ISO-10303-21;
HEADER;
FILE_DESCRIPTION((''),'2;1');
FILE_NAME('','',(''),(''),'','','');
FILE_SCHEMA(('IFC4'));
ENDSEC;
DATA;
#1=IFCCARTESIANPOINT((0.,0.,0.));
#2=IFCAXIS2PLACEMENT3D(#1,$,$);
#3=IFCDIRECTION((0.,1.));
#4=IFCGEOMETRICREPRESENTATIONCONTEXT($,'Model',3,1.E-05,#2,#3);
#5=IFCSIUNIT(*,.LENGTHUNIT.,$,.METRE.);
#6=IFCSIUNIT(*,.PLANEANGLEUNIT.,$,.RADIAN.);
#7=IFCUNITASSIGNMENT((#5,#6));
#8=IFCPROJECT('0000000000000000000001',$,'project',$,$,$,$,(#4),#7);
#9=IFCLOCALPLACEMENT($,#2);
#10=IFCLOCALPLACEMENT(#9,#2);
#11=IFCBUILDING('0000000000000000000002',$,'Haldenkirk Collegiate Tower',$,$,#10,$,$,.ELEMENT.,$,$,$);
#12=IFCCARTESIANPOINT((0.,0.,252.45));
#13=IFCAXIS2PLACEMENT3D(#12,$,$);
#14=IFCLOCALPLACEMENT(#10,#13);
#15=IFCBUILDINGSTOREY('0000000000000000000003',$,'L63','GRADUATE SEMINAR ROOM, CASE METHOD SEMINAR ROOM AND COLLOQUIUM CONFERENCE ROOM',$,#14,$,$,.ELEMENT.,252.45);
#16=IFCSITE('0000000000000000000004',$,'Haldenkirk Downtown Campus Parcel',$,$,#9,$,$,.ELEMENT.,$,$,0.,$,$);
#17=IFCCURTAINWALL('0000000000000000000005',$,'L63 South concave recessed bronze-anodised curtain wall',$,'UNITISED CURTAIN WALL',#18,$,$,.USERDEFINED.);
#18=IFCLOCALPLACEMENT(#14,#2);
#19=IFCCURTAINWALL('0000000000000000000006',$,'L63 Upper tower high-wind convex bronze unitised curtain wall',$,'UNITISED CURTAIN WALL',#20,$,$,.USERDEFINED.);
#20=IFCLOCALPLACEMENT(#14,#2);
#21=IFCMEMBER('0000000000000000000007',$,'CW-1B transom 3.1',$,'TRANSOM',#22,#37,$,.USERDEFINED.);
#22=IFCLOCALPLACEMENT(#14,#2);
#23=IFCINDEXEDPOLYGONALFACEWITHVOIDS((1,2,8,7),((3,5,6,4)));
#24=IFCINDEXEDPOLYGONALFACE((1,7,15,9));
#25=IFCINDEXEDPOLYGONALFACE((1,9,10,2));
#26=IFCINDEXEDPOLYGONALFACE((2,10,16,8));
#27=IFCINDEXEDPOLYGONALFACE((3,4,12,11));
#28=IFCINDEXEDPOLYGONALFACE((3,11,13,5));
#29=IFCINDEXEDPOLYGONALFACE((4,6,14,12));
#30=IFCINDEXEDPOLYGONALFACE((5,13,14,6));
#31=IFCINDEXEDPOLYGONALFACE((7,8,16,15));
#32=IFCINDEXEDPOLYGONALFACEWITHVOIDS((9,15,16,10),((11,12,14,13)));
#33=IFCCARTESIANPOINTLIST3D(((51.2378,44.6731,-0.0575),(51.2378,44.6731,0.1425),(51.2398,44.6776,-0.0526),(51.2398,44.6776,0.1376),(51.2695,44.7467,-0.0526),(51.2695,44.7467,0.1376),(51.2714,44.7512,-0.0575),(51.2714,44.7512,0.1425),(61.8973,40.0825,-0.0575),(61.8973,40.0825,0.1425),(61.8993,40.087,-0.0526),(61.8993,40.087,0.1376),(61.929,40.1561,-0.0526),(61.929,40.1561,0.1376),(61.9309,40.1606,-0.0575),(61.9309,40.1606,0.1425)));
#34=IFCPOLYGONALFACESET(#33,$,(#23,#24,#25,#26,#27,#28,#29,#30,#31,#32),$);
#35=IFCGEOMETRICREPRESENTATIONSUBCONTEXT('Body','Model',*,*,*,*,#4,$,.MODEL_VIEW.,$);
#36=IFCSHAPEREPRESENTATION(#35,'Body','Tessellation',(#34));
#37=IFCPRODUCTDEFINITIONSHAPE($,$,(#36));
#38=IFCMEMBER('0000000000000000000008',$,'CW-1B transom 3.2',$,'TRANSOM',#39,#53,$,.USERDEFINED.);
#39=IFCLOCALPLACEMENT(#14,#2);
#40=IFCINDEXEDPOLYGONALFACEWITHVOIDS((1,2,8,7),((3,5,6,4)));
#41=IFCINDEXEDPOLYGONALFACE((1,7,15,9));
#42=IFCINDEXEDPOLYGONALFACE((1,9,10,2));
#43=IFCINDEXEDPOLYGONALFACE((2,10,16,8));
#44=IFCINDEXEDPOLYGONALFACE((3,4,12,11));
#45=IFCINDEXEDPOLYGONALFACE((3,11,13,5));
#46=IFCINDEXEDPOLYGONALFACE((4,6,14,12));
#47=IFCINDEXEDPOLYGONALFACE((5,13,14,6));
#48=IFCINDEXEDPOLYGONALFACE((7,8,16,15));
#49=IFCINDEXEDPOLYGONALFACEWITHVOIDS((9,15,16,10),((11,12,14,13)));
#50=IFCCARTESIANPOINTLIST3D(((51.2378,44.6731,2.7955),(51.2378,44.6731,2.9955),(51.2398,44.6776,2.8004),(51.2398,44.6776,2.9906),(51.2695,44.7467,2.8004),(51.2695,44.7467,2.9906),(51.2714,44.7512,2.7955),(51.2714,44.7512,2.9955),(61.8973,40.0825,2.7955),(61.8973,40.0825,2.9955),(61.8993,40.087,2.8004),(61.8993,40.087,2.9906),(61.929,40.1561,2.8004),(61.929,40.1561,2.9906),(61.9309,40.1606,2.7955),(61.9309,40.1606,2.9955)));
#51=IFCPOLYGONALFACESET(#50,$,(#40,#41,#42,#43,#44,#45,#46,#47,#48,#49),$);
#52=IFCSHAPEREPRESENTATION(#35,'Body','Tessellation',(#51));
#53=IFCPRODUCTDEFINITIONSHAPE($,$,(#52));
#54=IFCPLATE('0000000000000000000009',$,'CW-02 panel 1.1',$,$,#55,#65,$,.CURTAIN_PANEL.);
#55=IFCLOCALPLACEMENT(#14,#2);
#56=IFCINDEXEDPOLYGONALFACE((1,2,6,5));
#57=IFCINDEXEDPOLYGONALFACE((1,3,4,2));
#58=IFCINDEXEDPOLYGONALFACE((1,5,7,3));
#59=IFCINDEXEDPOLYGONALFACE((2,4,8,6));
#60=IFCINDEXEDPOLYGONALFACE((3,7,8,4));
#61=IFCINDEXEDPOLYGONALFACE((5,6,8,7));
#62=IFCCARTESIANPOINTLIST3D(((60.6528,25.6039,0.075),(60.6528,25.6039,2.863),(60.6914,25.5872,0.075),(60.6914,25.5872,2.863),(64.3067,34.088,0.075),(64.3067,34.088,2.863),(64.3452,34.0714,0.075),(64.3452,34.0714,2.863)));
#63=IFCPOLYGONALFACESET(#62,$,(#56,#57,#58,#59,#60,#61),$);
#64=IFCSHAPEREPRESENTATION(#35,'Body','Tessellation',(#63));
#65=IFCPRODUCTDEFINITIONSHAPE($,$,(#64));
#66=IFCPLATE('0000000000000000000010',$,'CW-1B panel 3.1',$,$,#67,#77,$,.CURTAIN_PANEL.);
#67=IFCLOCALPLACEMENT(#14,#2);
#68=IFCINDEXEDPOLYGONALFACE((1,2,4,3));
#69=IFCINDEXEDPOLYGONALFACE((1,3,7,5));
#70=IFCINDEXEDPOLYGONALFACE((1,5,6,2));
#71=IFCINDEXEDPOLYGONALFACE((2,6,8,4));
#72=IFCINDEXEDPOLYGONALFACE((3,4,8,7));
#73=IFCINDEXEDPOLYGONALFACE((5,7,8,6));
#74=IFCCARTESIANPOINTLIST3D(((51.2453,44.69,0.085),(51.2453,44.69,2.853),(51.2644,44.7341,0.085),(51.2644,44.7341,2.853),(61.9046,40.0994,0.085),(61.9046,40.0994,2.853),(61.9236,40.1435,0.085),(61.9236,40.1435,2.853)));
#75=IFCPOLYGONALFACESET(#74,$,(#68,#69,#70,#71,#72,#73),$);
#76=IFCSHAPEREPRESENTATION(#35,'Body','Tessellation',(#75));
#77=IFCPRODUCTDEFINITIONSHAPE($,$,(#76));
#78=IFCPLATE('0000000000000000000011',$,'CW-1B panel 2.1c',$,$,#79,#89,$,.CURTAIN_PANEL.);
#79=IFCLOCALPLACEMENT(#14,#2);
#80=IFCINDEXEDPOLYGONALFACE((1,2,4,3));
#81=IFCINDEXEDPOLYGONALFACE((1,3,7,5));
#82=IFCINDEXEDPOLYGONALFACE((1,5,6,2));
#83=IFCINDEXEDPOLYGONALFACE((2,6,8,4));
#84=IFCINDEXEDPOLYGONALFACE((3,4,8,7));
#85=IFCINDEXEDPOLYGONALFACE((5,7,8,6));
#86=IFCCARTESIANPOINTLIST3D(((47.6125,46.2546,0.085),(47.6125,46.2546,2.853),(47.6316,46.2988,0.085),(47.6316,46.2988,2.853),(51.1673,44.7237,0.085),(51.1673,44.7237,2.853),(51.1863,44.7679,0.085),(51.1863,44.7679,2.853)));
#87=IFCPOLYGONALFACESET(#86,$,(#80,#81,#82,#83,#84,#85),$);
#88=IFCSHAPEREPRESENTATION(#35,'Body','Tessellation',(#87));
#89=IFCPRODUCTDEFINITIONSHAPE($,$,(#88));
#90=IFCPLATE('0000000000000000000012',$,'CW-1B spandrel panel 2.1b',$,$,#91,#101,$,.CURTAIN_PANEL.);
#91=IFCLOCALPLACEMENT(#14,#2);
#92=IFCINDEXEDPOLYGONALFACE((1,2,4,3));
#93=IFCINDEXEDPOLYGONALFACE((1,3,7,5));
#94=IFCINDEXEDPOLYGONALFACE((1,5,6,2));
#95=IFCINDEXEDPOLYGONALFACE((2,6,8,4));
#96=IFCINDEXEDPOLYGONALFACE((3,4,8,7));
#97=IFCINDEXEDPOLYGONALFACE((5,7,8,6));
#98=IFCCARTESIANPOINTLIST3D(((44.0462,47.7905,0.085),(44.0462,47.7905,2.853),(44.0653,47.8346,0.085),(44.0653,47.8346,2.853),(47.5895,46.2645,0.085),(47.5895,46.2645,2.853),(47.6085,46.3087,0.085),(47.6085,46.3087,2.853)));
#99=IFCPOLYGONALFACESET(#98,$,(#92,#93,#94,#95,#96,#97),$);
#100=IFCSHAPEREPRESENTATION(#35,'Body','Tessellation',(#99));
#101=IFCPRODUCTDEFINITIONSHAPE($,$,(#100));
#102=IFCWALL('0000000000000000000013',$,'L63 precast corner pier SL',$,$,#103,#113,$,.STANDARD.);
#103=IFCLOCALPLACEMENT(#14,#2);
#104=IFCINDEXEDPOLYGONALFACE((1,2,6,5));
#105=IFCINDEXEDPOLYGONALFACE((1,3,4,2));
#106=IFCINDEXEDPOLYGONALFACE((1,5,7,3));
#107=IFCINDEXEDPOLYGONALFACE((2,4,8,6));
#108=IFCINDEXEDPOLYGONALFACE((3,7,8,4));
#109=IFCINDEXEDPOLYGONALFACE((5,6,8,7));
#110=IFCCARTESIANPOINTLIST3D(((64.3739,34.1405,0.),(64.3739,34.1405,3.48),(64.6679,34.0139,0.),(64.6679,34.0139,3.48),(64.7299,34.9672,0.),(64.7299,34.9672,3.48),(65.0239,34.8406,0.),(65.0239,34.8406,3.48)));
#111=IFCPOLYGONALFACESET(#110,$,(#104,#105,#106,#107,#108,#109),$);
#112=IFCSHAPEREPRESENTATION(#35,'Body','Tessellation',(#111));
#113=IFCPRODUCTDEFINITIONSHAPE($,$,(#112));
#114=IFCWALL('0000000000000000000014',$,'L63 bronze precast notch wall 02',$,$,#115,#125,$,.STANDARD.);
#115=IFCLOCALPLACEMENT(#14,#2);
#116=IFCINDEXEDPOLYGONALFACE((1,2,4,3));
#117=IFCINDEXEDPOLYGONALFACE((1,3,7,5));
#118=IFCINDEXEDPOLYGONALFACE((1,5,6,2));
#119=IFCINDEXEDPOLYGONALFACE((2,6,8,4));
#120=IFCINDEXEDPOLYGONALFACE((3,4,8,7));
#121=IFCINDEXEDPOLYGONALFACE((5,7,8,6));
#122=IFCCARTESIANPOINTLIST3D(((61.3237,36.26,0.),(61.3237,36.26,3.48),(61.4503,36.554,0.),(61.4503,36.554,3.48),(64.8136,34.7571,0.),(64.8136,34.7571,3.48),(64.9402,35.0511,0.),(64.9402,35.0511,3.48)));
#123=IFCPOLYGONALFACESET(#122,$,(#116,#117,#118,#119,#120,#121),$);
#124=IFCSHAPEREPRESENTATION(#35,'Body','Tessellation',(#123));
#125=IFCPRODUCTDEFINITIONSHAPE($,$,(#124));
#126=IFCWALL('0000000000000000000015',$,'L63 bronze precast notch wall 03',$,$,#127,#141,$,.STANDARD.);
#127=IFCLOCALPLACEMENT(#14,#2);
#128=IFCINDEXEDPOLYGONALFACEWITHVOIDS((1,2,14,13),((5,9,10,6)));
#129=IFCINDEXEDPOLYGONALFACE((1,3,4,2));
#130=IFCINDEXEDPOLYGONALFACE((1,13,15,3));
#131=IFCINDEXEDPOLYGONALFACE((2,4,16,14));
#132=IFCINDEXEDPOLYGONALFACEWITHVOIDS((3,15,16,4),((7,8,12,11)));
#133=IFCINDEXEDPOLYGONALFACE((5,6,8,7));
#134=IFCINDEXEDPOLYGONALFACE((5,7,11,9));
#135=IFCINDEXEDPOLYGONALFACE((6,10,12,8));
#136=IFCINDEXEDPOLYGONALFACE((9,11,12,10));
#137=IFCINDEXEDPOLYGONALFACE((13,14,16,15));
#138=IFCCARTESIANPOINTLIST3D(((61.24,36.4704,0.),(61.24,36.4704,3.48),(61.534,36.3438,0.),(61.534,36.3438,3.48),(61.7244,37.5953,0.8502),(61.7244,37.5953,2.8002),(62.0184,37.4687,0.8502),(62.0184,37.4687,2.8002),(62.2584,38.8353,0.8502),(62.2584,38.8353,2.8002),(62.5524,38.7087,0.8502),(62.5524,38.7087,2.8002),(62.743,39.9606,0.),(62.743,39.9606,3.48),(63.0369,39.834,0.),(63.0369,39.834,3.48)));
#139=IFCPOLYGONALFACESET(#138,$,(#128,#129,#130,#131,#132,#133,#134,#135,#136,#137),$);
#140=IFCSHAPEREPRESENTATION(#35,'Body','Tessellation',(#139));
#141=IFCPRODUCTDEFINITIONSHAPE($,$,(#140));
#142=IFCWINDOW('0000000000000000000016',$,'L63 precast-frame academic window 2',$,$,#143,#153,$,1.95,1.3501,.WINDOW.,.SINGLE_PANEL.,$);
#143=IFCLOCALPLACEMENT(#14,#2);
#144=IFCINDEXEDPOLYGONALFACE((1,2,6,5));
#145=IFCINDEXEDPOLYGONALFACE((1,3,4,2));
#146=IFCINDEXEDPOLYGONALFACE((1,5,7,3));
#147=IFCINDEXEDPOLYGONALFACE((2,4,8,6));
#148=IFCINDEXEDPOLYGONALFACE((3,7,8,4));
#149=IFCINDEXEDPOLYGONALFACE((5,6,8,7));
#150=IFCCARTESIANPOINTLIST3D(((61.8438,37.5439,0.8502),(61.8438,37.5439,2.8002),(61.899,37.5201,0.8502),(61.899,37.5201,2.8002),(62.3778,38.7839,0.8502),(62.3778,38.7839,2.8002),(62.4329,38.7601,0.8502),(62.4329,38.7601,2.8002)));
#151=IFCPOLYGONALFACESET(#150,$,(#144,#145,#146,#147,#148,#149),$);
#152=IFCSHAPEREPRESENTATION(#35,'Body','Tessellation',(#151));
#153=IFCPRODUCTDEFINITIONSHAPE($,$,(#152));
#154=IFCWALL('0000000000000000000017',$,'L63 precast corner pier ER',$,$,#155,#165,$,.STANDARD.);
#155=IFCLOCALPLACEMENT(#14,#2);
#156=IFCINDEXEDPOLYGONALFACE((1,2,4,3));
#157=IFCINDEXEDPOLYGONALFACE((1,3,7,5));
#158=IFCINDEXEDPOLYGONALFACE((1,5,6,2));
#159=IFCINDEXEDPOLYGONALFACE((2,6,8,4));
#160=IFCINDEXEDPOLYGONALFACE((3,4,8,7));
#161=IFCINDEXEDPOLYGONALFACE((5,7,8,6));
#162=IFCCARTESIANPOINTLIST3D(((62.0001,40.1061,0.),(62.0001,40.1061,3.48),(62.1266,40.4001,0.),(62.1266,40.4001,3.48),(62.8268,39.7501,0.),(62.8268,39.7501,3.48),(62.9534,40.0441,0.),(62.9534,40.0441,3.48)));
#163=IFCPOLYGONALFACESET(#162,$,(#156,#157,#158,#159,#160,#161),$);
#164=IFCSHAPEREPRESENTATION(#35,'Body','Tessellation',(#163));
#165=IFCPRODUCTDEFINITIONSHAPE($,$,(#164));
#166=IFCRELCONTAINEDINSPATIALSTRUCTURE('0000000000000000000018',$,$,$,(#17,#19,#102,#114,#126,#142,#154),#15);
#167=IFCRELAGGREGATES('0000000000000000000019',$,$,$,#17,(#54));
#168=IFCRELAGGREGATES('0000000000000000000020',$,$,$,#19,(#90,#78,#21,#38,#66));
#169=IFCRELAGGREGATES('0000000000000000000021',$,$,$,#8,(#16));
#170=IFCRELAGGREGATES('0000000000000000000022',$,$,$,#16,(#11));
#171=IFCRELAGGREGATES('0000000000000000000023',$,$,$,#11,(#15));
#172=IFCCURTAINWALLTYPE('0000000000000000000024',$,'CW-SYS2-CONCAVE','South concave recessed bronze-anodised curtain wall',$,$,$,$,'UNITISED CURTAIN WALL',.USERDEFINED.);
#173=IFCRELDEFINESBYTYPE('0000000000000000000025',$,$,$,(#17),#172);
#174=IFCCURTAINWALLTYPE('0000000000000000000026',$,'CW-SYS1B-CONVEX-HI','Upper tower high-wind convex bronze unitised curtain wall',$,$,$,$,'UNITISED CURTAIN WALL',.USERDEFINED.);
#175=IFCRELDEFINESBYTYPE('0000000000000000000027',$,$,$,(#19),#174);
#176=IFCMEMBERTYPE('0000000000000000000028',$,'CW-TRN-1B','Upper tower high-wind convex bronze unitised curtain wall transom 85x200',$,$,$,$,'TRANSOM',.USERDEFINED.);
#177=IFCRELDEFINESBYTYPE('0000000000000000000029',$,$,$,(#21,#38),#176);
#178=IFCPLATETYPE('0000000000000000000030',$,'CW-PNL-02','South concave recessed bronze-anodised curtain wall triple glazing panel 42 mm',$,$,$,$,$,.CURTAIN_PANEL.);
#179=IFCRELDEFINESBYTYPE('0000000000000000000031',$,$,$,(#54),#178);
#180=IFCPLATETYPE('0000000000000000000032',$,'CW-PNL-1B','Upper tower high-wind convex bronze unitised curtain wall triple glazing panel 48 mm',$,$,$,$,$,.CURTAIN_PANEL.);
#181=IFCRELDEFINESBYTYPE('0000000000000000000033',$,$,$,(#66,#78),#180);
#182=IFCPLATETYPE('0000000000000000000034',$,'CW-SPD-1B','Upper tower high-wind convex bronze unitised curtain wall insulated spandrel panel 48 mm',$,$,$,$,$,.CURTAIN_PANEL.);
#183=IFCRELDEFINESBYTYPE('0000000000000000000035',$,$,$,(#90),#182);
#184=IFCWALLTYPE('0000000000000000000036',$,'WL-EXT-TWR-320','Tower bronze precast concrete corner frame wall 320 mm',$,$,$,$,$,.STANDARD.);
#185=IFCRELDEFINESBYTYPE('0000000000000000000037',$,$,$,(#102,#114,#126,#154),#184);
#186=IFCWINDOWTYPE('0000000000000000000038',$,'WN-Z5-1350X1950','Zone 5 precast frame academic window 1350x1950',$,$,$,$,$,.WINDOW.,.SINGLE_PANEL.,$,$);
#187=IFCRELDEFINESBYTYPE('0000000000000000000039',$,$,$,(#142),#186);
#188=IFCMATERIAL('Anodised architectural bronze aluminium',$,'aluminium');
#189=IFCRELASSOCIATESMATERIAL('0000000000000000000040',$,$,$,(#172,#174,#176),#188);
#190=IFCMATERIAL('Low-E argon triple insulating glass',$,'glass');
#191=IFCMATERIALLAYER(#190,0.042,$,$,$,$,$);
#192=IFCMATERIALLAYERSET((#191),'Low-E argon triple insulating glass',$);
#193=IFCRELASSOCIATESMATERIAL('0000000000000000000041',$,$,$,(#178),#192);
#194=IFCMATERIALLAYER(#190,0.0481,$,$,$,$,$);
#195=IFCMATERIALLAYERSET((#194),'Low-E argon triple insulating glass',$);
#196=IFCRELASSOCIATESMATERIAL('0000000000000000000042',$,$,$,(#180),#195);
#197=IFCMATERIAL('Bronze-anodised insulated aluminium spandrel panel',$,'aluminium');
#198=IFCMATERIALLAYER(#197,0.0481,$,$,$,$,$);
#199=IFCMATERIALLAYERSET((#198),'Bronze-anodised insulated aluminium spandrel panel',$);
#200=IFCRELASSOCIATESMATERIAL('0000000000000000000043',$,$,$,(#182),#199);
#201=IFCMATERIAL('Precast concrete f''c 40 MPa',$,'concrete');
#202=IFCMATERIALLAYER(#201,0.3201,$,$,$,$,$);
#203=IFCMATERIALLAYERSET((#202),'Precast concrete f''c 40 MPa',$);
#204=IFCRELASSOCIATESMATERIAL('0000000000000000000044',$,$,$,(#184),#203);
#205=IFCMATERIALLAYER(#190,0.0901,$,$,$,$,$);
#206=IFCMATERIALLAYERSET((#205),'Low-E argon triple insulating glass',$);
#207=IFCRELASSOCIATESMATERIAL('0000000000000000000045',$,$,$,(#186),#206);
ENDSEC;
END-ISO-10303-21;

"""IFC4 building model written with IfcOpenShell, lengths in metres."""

from ifc_helpers import new_model, si_unit, direction, frame, frame_2d, origin, origin_2d, place, context, subcontext, project, spatial, rectangle, hollow_rectangle, extrude, source, transform, mapped, material, layer, layer_set, material_profile, profile_set, type_object, element, fill, aggregate, save


model = new_model("IFC4")

# Units and contexts
model_context = context("Model", 3, precision=1e-05, world=origin(), true_north=direction((0.0, 1.0)))
body_context = subcontext(model_context, "Body", "Model", "MODEL_VIEW")
ifc_project = project(units=[si_unit("LENGTHUNIT", "METRE"), si_unit("PLANEANGLEUNIT", "RADIAN")], contexts=[model_context])

# Site, building, storey
site_placement = place(None, origin())
site = spatial("IfcSite", under=ifc_project, at=site_placement, Name="Haldenkirk Downtown Campus Parcel", CompositionType="ELEMENT", RefElevation=0.0)
building_placement = place(site_placement, origin())
building = spatial("IfcBuilding", under=site, at=building_placement, Name="Haldenkirk Collegiate Tower", CompositionType="ELEMENT")
storey_placement = place(building_placement, frame((0.0, 0.0, 252.45)))
storey = spatial("IfcBuildingStorey", under=building, at=storey_placement, Name="L63", Description="GRADUATE SEMINAR ROOM, CASE METHOD SEMINAR ROOM AND COLLOQUIUM CONFERENCE ROOM", CompositionType="ELEMENT", Elevation=252.45)

# Curtain walls
ifc_material_1 = material(Name="Anodised architectural bronze aluminium", Category="aluminium")
curtain_wall_type_1 = type_object("IfcCurtainWallType", Name="CW-SYS2-CONCAVE", Description="South concave recessed bronze-anodised curtain wall", ElementType="UNITISED CURTAIN WALL", PredefinedType="USERDEFINED", material=ifc_material_1)
curtain_wall_1_placement = place(storey_placement, origin())
curtain_wall_1 = element("IfcCurtainWall", 1, at=curtain_wall_1_placement, inside=storey, type_object=curtain_wall_type_1, Name="L63 South concave recessed bronze-anodised curtain wall", ObjectType="UNITISED CURTAIN WALL", PredefinedType="USERDEFINED")
curtain_wall_type_2 = type_object("IfcCurtainWallType", Name="CW-SYS1B-CONVEX-HI", Description="Upper tower high-wind convex bronze unitised curtain wall", ElementType="UNITISED CURTAIN WALL", PredefinedType="USERDEFINED", material=ifc_material_1)
curtain_wall_2_placement = place(storey_placement, origin())
curtain_wall_2 = element("IfcCurtainWall", 2, at=curtain_wall_2_placement, inside=storey, type_object=curtain_wall_type_2, Name="L63 Upper tower high-wind convex bronze unitised curtain wall", ObjectType="UNITISED CURTAIN WALL", PredefinedType="USERDEFINED")

# Members
ifc_material_profile_1 = material_profile(ifc_material_1, hollow_rectangle(XDim=0.085, YDim=0.2, WallThickness=0.0049, at=origin_2d()), Name="CW-TRN-1B")
ifc_profile_set_1 = profile_set([ifc_material_profile_1], Name="Anodised architectural bronze aluminium")
member_type_1 = type_object("IfcMemberType", Name="CW-TRN-1B", Description="Upper tower high-wind convex bronze unitised curtain wall transom 85x200", ElementType="TRANSOM", PredefinedType="USERDEFINED", material=ifc_profile_set_1)
member_1_placement = place(storey_placement, frame((51.2546, 44.7122, 0.0425), z_axis=(0.918449, -0.395538, 0.0), x_axis=(0.395538, 0.918449, 0.0)))
member_1 = element("IfcMember", 3, at=member_1_placement, type_object=member_type_1, Name="CW-1B transom 3.1", ObjectType="TRANSOM", PredefinedType="USERDEFINED", context=body_context, shape_type="SweptSolid", body=[
    extrude(hollow_rectangle(XDim=0.085, YDim=0.2, WallThickness=0.0049, at=origin_2d()), origin(), (0.0, 0.0, 1.0), 11.606),
])
member_2_placement = place(storey_placement, frame((51.2546, 44.7122, 2.8955), z_axis=(0.918449, -0.395538, 0.0), x_axis=(0.395538, 0.918449, 0.0)))
member_2 = element("IfcMember", 4, at=member_2_placement, type_object=member_type_1, Name="CW-1B transom 3.2", ObjectType="TRANSOM", PredefinedType="USERDEFINED", context=body_context, shape_type="SweptSolid", body=[
    extrude(hollow_rectangle(XDim=0.085, YDim=0.2, WallThickness=0.0049, at=origin_2d()), origin(), (0.0, 0.0, 1.0), 11.606),
])

# Plates
ifc_material_2 = material(Name="Low-E argon triple insulating glass", Category="glass")
ifc_layer_1 = layer(ifc_material_2, 0.042)
ifc_layer_set_1 = layer_set([ifc_layer_1], Name="Low-E argon triple insulating glass")
plate_type_1 = type_object("IfcPlateType", Name="CW-PNL-02", Description="South concave recessed bronze-anodised curtain wall triple glazing panel 42 mm", PredefinedType="CURTAIN_PANEL", material=ifc_layer_set_1)
shared_shape_1 = source(origin(), body_context, "Body", "SweptSolid", [
    extrude(rectangle(XDim=9.2375, YDim=0.042, at=origin_2d()), origin(), (0.0, 0.0, 1.0), 2.7881),
])
plate_1_placement = place(storey_placement, frame((62.499, 29.8376, 0.075), z_axis=(0.0, 0.0, 1.0), x_axis=(-0.395545, -0.918446, 0.0)))
plate_1 = element("IfcPlate", 5, at=plate_1_placement, type_object=plate_type_1, Name="CW-02 panel 1.1", PredefinedType="CURTAIN_PANEL", context=body_context, shape_type="MappedRepresentation", body=[
    mapped(shared_shape_1, transform((0.0, 0.0, 0.0), x_axis=(1.0, 0.0, 0.0), y_axis=(0.0, 1.0, 0.0), z_axis=(0.0, 0.0, 1.0), scale=1.0)),
])
aggregate(curtain_wall_1, [plate_1])
ifc_layer_2 = layer(ifc_material_2, 0.0481)
ifc_layer_set_2 = layer_set([ifc_layer_2], Name="Low-E argon triple insulating glass")
plate_type_2 = type_object("IfcPlateType", Name="CW-PNL-1B", Description="Upper tower high-wind convex bronze unitised curtain wall triple glazing panel 48 mm", PredefinedType="CURTAIN_PANEL", material=ifc_layer_set_2)
shared_shape_2 = source(origin(), body_context, "Body", "SweptSolid", [
    extrude(rectangle(XDim=11.6057, YDim=0.0481, at=origin_2d()), origin(), (0.0, 0.0, 1.0), 2.7681),
])
plate_2_placement = place(storey_placement, frame((56.5845, 42.4167, 0.085), z_axis=(0.0, 0.0, 1.0), x_axis=(0.918446, -0.395546, 0.0)))
plate_2 = element("IfcPlate", 6, at=plate_2_placement, type_object=plate_type_2, Name="CW-1B panel 3.1", PredefinedType="CURTAIN_PANEL", context=body_context, shape_type="MappedRepresentation", body=[
    mapped(shared_shape_2, transform((0.0, 0.0, 0.0), x_axis=(1.0, 0.0, 0.0), y_axis=(0.0, 1.0, 0.0), z_axis=(0.0, 0.0, 1.0), scale=1.0)),
])
shared_shape_3 = source(origin(), body_context, "Body", "SweptSolid", [
    extrude(rectangle(XDim=3.8704, YDim=0.0481, at=origin_2d()), origin(), (0.0, 0.0, 1.0), 2.7681),
])
plate_3_placement = place(storey_placement, frame((49.3994, 45.5112, 0.085), z_axis=(0.0, 0.0, 1.0), x_axis=(0.918446, -0.395546, 0.0)))
plate_3 = element("IfcPlate", 7, at=plate_3_placement, type_object=plate_type_2, Name="CW-1B panel 2.1c", PredefinedType="CURTAIN_PANEL", context=body_context, shape_type="MappedRepresentation", body=[
    mapped(shared_shape_3, transform((0.0, 0.0, 0.0), x_axis=(1.0, 0.0, 0.0), y_axis=(0.0, 1.0, 0.0), z_axis=(0.0, 0.0, 1.0), scale=1.0)),
])
ifc_material_3 = material(Name="Bronze-anodised insulated aluminium spandrel panel", Category="aluminium")
ifc_layer_3 = layer(ifc_material_3, 0.0481)
ifc_layer_set_3 = layer_set([ifc_layer_3], Name="Bronze-anodised insulated aluminium spandrel panel")
plate_type_3 = type_object("IfcPlateType", Name="CW-SPD-1B", Description="Upper tower high-wind convex bronze unitised curtain wall insulated spandrel panel 48 mm", PredefinedType="CURTAIN_PANEL", material=ifc_layer_set_3)
shared_shape_4 = source(origin(), body_context, "Body", "SweptSolid", [
    extrude(rectangle(XDim=3.8579, YDim=0.0481, at=origin_2d()), origin(), (0.0, 0.0, 1.0), 2.7681),
])
plate_4_placement = place(storey_placement, frame((45.8274, 47.0496, 0.085), z_axis=(0.0, 0.0, 1.0), x_axis=(0.918446, -0.395546, 0.0)))
plate_4 = element("IfcPlate", 8, at=plate_4_placement, type_object=plate_type_3, Name="CW-1B spandrel panel 2.1b", PredefinedType="CURTAIN_PANEL", context=body_context, shape_type="MappedRepresentation", body=[
    mapped(shared_shape_4, transform((0.0, 0.0, 0.0), x_axis=(1.0, 0.0, 0.0), y_axis=(0.0, 1.0, 0.0), z_axis=(0.0, 0.0, 1.0), scale=1.0)),
])
aggregate(curtain_wall_2, [plate_4, plate_3, member_1, member_2, plate_2])

# Walls
ifc_material_4 = material(Name="Precast concrete f'c 40 MPa", Category="concrete")
ifc_layer_4 = layer(ifc_material_4, 0.3201)
ifc_layer_set_4 = layer_set([ifc_layer_4], Name="Precast concrete f'c 40 MPa")
wall_type_1 = type_object("IfcWallType", Name="WL-EXT-TWR-320", Description="Tower bronze precast concrete corner frame wall 320 mm", PredefinedType="STANDARD", material=ifc_layer_set_4)
wall_1_placement = place(storey_placement, frame((64.877, 34.9041, 0.0), z_axis=(0.0, 0.0, 1.0), x_axis=(-0.39549, -0.91847, 0.0)))
element("IfcWall", 9, at=wall_1_placement, inside=storey, type_object=wall_type_1, Name="L63 precast corner pier SL", PredefinedType="STANDARD", context=body_context, shape_type="SweptSolid", body=[
    extrude(rectangle(XDim=0.9001, YDim=0.3201, at=frame_2d((0.4502, 0.0))), origin(), (0.0, 0.0, 1.0), 3.48),
])
wall_2_placement = place(storey_placement, frame((61.387, 36.407, 0.0), z_axis=(0.0, 0.0, 1.0), x_axis=(0.918456, -0.395524, 0.0)))
element("IfcWall", 10, at=wall_2_placement, inside=storey, type_object=wall_type_1, Name="L63 bronze precast notch wall 02", PredefinedType="STANDARD", context=body_context, shape_type="SweptSolid", body=[
    extrude(rectangle(XDim=3.7998, YDim=0.3201, at=frame_2d((1.8999, 0.0))), origin(), (0.0, 0.0, 1.0), 3.48),
])

# Wall, opening, window
wall_3_placement = place(storey_placement, frame((62.8899, 39.8972, 0.0), z_axis=(0.0, 0.0, 1.0), x_axis=(-0.395501, -0.918466, 0.0)))
wall_3 = element("IfcWall", 11, at=wall_3_placement, inside=storey, type_object=wall_type_1, Name="L63 bronze precast notch wall 03", PredefinedType="STANDARD", context=body_context, shape_type="SweptSolid", body=[
    extrude(rectangle(XDim=3.8, YDim=0.3201, at=frame_2d((1.8999, 0.0))), origin(), (0.0, 0.0, 1.0), 3.48),
])
opening_1_placement = place(wall_3_placement, frame((1.2251, 0.0, 0.8501)))
opening_1 = element("IfcOpeningElement", 12, at=opening_1_placement, cuts=wall_3, PredefinedType="OPENING", context=body_context, shape_type="SweptSolid", body=[
    extrude(rectangle(XDim=1.3501, YDim=1.95, at=frame_2d((0.675, 0.9751))), frame((0.0, 0.1699, 0.0), z_axis=(0.0, -1.0, 0.0), x_axis=(1.0, 0.0, 0.0)), (0.0, 0.0, 1.0), 0.3401),
])
ifc_layer_5 = layer(ifc_material_2, 0.0901)
ifc_layer_set_5 = layer_set([ifc_layer_5], Name="Low-E argon triple insulating glass")
window_type = type_object("IfcWindowType", Name="WN-Z5-1350X1950", Description="Zone 5 precast frame academic window 1350x1950", PartitioningType="SINGLE_PANEL", PredefinedType="WINDOW", material=ifc_layer_set_5)
window_placement = place(opening_1_placement, origin())
window = element("IfcWindow", 13, at=window_placement, inside=storey, type_object=window_type, Name="L63 precast-frame academic window 2", OverallHeight=1.95, OverallWidth=1.3501, PartitioningType="SINGLE_PANEL", PredefinedType="WINDOW", context=body_context, shape_type="SweptSolid", body=[
    extrude(rectangle(XDim=1.3501, YDim=1.95, at=frame_2d((0.675, 0.9751))), frame((0.0, 0.03, 0.0), z_axis=(0.0, -1.0, 0.0), x_axis=(1.0, 0.0, 0.0)), (0.0, 0.0, 1.0), 0.0601),
])
fill(opening_1, window)

# Wall
wall_4_placement = place(storey_placement, frame((62.0632, 40.2532, 0.0), z_axis=(0.0, 0.0, 1.0), x_axis=(0.91847, -0.39549, 0.0)))
element("IfcWall", 14, at=wall_4_placement, inside=storey, type_object=wall_type_1, Name="L63 precast corner pier ER", PredefinedType="STANDARD", context=body_context, shape_type="SweptSolid", body=[
    extrude(rectangle(XDim=0.9001, YDim=0.3201, at=frame_2d((0.4502, 0.0))), origin(), (0.0, 0.0, 1.0), 3.48),
])

save(model, "model.ifc")
